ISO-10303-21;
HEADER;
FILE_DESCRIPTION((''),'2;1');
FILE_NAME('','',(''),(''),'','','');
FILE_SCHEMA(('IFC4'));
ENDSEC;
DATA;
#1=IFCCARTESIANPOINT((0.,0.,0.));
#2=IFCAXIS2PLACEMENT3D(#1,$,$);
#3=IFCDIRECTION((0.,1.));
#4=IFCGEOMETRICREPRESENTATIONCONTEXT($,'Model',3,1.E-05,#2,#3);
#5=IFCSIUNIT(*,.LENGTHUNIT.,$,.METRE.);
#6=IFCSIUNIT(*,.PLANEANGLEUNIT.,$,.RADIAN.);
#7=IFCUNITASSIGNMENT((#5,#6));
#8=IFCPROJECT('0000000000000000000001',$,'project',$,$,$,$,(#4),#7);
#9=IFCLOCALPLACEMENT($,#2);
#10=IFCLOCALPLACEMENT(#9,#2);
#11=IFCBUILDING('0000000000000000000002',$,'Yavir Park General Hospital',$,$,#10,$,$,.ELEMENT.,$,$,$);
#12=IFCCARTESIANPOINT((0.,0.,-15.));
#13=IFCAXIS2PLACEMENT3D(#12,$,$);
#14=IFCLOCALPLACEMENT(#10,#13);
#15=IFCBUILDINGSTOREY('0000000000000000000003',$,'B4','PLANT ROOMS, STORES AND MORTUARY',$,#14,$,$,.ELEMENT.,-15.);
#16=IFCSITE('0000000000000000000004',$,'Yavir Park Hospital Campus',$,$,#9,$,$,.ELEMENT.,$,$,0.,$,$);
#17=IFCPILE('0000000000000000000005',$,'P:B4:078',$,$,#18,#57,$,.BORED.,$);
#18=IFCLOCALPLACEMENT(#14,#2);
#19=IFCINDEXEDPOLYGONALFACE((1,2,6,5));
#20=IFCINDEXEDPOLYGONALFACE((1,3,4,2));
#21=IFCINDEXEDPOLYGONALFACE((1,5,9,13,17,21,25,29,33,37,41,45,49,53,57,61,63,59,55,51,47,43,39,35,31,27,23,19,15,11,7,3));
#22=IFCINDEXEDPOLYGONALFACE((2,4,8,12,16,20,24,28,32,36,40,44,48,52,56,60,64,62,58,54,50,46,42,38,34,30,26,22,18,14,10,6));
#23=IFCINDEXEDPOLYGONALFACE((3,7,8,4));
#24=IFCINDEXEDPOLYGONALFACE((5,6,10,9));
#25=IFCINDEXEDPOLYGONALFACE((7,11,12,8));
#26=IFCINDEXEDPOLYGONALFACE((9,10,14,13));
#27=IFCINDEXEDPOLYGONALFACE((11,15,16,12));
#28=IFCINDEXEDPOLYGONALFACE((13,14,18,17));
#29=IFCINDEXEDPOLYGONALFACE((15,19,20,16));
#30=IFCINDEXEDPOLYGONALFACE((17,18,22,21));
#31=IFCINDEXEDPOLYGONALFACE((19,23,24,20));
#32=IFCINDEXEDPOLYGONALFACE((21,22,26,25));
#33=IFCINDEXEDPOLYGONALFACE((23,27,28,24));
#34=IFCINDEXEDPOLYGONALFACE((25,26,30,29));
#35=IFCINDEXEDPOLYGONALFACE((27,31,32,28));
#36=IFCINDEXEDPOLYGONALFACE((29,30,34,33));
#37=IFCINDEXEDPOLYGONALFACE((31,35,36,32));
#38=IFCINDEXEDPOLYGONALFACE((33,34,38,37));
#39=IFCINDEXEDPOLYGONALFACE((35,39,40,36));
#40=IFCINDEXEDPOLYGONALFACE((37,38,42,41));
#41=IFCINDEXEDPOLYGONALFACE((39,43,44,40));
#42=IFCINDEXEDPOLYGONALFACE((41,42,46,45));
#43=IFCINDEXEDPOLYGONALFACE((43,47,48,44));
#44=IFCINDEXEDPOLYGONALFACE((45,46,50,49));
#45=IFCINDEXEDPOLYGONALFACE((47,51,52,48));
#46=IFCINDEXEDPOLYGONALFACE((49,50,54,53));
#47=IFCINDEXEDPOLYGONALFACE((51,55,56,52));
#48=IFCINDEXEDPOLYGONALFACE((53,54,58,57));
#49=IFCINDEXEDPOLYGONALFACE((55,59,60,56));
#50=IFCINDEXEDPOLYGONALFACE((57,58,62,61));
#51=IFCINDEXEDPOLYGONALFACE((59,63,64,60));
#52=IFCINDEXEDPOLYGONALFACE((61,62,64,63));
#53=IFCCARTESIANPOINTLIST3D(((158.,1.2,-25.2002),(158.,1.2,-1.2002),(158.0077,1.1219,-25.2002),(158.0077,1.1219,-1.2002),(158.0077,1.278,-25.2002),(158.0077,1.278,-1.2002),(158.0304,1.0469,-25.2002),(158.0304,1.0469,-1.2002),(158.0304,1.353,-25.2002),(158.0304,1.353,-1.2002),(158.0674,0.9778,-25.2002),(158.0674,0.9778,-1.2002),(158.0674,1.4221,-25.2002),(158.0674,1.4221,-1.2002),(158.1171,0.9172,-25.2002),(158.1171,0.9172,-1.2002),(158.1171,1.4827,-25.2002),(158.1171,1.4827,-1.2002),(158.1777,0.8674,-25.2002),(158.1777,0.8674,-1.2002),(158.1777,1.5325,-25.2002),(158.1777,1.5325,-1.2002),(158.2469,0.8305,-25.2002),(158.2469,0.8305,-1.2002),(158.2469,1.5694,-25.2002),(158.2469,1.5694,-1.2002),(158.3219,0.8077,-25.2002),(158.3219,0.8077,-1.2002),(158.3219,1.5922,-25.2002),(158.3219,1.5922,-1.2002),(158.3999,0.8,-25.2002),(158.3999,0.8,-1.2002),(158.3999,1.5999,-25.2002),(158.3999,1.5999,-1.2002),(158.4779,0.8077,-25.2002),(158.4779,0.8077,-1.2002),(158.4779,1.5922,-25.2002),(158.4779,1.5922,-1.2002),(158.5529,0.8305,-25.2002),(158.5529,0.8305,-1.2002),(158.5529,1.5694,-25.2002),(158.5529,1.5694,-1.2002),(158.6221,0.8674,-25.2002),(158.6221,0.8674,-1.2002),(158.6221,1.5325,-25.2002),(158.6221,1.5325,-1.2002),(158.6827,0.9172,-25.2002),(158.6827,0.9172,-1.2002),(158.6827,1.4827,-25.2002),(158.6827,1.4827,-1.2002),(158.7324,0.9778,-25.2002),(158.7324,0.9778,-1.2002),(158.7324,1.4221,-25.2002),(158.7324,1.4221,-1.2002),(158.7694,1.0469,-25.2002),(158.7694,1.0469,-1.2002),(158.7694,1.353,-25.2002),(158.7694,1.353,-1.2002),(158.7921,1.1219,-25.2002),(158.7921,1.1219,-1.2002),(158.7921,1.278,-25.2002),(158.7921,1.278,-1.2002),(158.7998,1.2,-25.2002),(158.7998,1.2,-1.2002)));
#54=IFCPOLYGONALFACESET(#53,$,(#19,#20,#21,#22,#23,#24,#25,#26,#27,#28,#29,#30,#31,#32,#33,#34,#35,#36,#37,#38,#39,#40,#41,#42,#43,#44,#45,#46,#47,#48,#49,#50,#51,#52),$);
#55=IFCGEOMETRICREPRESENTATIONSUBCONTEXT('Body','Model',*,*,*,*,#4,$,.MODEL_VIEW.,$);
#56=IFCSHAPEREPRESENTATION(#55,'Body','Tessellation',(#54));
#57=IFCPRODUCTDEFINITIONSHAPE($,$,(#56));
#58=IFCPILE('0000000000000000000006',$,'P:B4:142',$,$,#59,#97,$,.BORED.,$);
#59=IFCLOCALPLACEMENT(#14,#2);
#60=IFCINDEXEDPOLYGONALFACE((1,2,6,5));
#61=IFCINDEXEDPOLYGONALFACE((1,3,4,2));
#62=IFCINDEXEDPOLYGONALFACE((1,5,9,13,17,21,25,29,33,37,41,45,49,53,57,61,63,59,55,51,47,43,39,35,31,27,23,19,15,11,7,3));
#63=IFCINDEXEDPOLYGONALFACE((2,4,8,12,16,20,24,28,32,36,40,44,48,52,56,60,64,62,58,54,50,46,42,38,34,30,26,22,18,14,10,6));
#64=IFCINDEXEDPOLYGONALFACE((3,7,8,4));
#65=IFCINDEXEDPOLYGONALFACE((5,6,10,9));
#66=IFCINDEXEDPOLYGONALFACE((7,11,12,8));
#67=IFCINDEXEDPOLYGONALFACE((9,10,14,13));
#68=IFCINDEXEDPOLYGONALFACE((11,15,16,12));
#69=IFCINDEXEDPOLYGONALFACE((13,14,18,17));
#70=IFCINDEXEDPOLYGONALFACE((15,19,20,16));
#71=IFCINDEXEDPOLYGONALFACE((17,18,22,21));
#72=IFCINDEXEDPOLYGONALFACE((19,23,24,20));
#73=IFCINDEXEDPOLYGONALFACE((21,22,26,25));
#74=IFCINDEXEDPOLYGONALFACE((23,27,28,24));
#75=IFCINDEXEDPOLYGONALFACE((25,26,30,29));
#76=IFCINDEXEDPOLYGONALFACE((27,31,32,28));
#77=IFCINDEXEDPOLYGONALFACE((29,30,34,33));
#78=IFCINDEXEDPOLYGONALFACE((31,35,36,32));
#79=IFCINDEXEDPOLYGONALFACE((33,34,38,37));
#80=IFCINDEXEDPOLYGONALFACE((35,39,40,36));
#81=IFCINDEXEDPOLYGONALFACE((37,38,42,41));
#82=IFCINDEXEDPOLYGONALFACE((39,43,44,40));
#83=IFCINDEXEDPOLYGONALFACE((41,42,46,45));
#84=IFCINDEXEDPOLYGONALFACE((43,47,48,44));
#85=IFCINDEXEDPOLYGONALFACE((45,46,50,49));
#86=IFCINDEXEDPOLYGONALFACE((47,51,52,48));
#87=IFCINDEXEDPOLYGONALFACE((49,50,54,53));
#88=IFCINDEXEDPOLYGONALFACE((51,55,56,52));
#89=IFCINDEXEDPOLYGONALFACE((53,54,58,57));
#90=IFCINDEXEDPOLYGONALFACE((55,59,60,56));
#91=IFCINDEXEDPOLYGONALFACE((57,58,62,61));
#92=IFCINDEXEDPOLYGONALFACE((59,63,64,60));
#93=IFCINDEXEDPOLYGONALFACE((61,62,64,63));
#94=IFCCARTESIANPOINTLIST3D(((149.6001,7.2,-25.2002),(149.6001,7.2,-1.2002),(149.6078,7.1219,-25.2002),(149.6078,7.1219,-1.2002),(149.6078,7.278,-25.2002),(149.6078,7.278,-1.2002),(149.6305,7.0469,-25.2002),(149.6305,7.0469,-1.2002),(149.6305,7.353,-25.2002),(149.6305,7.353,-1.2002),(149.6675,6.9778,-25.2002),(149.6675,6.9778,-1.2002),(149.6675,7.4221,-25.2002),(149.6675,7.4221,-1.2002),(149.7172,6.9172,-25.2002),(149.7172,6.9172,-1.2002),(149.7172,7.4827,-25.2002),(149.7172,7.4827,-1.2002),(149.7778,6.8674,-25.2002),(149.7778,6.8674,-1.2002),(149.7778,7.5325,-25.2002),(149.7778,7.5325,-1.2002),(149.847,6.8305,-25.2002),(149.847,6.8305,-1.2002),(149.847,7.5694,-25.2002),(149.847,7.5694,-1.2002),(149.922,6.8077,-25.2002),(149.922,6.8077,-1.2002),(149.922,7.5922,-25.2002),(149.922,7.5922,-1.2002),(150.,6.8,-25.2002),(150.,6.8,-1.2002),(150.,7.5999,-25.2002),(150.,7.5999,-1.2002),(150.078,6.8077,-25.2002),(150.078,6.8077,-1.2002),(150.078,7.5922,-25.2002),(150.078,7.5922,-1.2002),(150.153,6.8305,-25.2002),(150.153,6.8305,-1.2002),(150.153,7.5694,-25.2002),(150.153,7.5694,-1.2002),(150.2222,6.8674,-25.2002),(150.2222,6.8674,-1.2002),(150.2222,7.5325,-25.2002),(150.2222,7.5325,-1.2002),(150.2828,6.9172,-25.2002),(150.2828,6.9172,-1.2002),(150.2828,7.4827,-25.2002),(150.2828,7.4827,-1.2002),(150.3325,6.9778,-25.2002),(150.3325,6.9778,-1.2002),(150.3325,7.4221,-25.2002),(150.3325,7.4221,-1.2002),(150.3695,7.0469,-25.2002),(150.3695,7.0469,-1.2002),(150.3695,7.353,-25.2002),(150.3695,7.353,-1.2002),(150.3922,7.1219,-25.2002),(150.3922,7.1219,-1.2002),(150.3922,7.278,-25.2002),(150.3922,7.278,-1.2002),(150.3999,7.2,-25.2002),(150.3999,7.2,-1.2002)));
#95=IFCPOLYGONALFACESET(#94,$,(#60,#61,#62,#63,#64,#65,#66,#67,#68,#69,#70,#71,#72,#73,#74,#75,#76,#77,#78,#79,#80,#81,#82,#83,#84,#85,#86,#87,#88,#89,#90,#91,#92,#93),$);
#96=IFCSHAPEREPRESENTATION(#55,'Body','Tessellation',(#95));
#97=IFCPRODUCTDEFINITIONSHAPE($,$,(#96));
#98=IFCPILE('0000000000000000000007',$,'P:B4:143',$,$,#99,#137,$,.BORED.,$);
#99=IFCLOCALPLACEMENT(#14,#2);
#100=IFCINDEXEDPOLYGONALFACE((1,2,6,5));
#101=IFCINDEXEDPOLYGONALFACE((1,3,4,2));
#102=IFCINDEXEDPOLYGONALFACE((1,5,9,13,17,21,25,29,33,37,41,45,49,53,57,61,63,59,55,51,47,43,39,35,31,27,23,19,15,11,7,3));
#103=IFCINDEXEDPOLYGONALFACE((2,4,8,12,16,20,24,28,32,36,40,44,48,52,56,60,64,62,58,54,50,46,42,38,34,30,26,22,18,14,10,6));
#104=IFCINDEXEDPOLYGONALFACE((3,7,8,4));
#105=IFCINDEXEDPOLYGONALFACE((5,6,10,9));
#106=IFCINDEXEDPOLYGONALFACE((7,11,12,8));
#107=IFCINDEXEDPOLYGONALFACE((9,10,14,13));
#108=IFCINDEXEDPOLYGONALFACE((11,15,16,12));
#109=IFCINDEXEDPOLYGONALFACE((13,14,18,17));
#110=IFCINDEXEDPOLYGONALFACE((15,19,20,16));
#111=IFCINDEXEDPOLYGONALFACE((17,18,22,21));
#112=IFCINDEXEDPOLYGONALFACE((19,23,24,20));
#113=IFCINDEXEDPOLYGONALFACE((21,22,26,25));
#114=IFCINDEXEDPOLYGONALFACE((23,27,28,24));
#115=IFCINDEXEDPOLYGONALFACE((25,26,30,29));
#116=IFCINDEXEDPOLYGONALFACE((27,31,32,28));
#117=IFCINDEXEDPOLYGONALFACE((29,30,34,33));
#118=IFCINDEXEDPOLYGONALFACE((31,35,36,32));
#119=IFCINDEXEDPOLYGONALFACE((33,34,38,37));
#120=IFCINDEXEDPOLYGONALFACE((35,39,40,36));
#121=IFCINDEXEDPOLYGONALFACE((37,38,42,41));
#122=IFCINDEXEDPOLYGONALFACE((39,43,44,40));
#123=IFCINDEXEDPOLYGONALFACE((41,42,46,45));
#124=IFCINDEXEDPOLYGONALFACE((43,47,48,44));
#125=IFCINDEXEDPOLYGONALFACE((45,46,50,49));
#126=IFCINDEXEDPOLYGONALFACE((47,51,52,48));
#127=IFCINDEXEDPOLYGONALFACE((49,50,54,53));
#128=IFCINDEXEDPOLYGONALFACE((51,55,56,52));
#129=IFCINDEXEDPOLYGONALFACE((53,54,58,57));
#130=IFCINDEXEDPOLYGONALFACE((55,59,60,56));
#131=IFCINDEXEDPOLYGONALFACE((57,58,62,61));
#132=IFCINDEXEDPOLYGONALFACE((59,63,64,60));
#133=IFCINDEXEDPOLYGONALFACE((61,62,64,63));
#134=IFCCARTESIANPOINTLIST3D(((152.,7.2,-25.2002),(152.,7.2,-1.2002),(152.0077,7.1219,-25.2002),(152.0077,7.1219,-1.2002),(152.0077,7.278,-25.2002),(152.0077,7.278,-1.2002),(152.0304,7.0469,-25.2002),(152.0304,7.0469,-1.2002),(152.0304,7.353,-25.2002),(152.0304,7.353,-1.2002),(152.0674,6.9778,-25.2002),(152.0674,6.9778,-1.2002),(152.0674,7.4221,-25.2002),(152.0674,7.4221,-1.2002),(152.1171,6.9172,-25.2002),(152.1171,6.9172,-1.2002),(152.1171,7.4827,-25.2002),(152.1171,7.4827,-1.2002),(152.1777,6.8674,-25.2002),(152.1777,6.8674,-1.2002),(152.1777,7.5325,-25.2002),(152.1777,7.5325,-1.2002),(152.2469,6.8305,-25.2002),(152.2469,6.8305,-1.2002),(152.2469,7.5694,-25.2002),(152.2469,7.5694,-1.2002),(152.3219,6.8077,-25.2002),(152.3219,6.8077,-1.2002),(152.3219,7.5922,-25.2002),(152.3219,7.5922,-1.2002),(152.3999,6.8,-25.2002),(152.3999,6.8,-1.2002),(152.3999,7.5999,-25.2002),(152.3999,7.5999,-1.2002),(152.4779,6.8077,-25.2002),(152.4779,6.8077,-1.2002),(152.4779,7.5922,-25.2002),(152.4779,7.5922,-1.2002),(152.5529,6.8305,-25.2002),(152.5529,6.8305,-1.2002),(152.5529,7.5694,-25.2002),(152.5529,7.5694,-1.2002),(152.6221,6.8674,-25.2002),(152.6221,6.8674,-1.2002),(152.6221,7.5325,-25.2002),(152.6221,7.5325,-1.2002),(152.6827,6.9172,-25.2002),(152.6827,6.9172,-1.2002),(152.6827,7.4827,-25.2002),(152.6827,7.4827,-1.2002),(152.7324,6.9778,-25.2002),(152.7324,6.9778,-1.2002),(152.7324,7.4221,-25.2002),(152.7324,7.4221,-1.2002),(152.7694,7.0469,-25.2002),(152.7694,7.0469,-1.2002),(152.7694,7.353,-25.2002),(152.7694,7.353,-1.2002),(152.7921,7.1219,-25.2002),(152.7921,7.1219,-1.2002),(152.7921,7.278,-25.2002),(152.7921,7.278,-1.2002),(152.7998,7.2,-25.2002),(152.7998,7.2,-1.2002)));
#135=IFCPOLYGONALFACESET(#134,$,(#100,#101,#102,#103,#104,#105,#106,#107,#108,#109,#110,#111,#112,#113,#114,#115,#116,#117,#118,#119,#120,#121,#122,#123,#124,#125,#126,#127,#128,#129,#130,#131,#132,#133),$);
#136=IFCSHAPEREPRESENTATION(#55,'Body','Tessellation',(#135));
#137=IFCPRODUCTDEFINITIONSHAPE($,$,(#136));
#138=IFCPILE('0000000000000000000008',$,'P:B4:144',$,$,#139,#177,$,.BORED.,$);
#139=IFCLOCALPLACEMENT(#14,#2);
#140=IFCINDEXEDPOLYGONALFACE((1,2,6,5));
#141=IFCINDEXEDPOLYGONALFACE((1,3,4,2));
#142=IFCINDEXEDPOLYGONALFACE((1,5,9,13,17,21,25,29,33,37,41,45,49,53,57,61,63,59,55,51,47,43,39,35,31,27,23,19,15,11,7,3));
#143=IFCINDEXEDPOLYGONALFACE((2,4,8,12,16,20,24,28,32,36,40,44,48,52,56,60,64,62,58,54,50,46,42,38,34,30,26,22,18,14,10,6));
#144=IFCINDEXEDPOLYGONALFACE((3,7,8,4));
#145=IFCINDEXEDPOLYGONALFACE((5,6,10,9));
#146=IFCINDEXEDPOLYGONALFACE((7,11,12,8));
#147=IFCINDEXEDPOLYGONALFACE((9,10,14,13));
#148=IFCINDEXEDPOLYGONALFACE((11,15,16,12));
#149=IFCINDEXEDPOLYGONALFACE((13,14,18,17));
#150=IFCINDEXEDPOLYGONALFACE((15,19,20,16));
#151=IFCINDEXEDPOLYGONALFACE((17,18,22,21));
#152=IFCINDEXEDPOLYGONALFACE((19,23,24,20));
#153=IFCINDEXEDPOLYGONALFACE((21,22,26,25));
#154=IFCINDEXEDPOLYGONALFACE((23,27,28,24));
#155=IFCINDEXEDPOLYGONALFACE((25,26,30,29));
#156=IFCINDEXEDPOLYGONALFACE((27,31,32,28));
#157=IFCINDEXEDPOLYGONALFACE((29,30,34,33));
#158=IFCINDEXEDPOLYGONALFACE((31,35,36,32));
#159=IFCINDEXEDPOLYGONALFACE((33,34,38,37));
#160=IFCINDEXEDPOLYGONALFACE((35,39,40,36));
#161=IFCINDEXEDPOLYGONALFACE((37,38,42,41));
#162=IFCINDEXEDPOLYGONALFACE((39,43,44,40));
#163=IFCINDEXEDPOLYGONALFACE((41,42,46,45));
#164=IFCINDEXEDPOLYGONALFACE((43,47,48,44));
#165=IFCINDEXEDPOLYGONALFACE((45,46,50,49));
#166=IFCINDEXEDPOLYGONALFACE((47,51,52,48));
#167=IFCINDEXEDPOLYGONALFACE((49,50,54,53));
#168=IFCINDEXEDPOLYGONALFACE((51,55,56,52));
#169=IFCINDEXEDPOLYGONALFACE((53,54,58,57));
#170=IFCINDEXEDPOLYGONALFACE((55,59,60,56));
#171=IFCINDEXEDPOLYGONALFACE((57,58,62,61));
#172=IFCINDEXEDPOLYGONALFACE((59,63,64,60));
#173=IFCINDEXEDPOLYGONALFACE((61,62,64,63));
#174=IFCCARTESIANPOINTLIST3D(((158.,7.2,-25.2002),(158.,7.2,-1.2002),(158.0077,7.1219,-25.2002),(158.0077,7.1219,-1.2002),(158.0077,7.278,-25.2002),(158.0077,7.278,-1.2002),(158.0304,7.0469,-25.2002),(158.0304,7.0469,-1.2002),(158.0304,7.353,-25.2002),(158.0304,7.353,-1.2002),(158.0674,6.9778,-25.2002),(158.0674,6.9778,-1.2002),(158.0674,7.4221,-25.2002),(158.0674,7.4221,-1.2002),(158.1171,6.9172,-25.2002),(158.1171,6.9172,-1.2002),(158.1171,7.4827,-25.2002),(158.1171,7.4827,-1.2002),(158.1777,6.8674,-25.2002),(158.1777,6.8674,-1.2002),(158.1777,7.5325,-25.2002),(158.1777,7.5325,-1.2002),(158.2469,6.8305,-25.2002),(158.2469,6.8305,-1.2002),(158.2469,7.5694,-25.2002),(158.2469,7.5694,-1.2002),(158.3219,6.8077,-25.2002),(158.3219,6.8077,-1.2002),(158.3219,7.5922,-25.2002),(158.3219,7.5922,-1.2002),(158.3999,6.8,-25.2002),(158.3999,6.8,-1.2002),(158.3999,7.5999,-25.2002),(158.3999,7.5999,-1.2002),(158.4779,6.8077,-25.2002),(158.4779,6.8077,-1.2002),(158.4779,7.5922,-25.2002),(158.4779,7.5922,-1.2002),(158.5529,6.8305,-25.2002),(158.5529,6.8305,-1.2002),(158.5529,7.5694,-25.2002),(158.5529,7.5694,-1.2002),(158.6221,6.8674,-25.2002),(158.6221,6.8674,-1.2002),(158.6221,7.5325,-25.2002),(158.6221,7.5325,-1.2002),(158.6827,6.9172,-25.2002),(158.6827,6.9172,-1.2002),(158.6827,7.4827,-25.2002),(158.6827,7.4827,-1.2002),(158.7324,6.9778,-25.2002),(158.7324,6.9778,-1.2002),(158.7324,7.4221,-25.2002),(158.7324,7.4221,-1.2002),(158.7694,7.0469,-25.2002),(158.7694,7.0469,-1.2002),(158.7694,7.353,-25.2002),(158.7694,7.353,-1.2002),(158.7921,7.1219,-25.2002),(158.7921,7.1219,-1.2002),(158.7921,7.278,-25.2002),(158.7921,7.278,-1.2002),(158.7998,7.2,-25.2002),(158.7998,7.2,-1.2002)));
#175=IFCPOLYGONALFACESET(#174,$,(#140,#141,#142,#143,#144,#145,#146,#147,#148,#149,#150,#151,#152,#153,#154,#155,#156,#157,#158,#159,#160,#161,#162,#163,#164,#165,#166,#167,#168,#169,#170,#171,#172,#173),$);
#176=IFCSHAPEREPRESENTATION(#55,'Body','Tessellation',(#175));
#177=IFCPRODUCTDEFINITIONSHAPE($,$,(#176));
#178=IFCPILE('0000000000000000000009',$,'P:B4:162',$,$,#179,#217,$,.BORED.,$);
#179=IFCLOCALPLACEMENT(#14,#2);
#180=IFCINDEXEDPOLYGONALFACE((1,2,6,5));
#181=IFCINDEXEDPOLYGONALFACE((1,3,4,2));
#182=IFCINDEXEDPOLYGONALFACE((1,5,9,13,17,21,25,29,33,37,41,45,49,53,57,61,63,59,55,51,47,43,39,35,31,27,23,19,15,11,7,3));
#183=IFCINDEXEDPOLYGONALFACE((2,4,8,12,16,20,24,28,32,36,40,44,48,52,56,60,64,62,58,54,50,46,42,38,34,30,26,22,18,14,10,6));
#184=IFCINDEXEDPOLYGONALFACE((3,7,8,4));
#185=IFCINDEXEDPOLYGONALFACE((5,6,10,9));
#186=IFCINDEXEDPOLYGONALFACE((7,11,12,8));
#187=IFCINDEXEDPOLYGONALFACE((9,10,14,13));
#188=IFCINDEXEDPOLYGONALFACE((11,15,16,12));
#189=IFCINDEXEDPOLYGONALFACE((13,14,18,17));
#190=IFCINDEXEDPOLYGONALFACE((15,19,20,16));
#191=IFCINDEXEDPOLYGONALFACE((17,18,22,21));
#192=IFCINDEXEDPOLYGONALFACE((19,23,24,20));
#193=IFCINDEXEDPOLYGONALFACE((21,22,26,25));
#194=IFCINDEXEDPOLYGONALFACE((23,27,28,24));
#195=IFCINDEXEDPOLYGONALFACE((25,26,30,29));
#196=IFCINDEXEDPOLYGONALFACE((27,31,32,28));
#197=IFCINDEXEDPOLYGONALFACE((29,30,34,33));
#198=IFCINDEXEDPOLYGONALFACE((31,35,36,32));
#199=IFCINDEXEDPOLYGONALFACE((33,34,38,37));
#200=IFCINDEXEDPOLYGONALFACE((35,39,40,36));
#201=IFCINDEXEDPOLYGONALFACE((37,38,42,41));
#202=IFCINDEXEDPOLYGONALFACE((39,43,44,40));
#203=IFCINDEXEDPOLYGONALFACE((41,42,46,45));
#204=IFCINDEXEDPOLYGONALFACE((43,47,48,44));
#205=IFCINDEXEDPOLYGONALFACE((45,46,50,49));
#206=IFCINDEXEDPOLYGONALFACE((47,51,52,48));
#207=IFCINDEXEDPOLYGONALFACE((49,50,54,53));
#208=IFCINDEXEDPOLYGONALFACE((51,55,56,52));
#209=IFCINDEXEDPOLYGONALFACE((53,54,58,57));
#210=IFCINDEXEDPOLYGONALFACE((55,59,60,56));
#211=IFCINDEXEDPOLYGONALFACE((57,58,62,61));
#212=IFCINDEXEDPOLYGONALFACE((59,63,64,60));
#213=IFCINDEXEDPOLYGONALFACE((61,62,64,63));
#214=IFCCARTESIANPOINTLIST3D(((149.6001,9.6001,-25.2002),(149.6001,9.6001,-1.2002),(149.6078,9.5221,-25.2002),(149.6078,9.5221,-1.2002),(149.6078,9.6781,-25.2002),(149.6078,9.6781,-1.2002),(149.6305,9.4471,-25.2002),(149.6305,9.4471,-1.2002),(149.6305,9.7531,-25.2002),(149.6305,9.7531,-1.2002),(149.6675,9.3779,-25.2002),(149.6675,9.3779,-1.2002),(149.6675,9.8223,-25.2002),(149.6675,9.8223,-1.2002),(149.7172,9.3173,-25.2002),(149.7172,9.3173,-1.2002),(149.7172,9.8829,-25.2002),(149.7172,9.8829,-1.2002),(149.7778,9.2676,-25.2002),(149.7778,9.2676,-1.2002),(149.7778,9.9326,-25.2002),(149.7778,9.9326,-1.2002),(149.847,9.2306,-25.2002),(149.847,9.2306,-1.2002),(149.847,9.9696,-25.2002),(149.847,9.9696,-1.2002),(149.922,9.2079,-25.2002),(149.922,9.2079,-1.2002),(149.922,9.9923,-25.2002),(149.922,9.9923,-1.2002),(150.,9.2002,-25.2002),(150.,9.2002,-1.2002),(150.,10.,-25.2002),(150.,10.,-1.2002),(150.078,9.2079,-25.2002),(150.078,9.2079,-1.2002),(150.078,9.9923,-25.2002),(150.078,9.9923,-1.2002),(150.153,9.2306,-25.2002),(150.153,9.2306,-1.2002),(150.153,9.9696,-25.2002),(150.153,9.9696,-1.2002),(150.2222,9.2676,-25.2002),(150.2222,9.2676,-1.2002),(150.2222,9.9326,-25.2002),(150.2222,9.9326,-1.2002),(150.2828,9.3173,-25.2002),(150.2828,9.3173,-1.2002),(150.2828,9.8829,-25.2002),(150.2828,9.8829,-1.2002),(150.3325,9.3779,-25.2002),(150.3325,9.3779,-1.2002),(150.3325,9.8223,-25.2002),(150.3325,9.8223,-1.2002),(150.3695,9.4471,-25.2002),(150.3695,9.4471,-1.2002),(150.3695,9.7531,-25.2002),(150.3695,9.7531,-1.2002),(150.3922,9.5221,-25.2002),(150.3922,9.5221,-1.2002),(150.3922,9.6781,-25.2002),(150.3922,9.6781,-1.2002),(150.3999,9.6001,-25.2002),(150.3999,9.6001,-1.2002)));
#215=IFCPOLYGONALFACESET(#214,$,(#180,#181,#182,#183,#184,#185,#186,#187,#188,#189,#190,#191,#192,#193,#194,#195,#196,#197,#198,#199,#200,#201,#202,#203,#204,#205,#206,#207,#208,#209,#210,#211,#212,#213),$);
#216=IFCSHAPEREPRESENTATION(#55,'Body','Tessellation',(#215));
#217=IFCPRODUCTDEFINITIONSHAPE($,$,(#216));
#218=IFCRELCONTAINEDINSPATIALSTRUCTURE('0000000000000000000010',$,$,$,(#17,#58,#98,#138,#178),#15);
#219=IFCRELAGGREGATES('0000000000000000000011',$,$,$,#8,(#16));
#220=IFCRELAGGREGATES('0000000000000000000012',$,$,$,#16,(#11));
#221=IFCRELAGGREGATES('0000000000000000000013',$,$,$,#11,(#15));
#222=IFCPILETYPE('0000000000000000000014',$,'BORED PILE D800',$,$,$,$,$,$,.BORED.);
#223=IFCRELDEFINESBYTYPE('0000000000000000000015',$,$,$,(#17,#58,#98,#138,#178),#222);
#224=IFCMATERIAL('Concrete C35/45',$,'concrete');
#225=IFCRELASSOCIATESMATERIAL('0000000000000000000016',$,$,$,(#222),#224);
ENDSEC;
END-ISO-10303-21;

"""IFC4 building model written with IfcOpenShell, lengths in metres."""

from ifc_helpers import new_model, si_unit, direction, frame, origin, origin_2d, place, context, subcontext, project, spatial, circle, extrude, material, material_profile, profile_set, type_object, element, save


model = new_model("IFC4")

# Units and contexts
model_context = context("Model", 3, precision=1e-05, world=origin(), true_north=direction((0.0, 1.0)))
body_context = subcontext(model_context, "Body", "Model", "MODEL_VIEW")
ifc_project = project(units=[si_unit("LENGTHUNIT", "METRE"), si_unit("PLANEANGLEUNIT", "RADIAN")], contexts=[model_context])

# Site, building, storey
site_placement = place(None, origin())
site = spatial("IfcSite", under=ifc_project, at=site_placement, Name="Yavir Park Hospital Campus", CompositionType="ELEMENT", RefElevation=0.0)
building_placement = place(site_placement, origin())
building = spatial("IfcBuilding", under=site, at=building_placement, Name="Yavir Park General Hospital", CompositionType="ELEMENT")
storey_placement = place(building_placement, frame((0.0, 0.0, -15.0)))
storey = spatial("IfcBuildingStorey", under=building, at=storey_placement, Name="B4", Description="PLANT ROOMS, STORES AND MORTUARY", CompositionType="ELEMENT", Elevation=-15.0)

# Piles
ifc_material_1 = material(Name="Concrete C35/45", Category="concrete")
ifc_material_profile_1 = material_profile(ifc_material_1, circle(Radius=0.3999, at=origin_2d()), Name="D800")
ifc_profile_set_1 = profile_set([ifc_material_profile_1], Name="Concrete C35/45")
pile_type = type_object("IfcPileType", Name="BORED PILE D800", PredefinedType="BORED", material=ifc_profile_set_1)
for number, where, z_axis, x_axis, name in (
    (1, (158.3999, 1.2, -1.2002), (0.0, 0.0, -1.0), (1.0, 0.0, 0.0), "P:B4:078"),
    (2, (150.0, 7.2, -1.2002), (0.0, 0.0, -1.0), (1.0, 0.0, 0.0), "P:B4:142"),
    (3, (152.3999, 7.2, -1.2002), (0.0, 0.0, -1.0), (1.0, 0.0, 0.0), "P:B4:143"),
    (4, (158.3999, 7.2, -1.2002), (0.0, 0.0, -1.0), (1.0, 0.0, 0.0), "P:B4:144"),
    (5, (150.0, 9.6001, -1.2002), (0.0, 0.0, -1.0), (1.0, 0.0, 0.0), "P:B4:162"),
):
    element("IfcPile", number, at=place(storey_placement, frame(where, z_axis=z_axis, x_axis=x_axis)), inside=storey, type_object=pile_type, Name=name, PredefinedType="BORED", context=body_context, shape_type="SweptSolid", body=[
        extrude(circle(Radius=0.3999, at=origin_2d()), origin(), (0.0, 0.0, 1.0), 24.0),
    ])

save(model, "model.ifc")
